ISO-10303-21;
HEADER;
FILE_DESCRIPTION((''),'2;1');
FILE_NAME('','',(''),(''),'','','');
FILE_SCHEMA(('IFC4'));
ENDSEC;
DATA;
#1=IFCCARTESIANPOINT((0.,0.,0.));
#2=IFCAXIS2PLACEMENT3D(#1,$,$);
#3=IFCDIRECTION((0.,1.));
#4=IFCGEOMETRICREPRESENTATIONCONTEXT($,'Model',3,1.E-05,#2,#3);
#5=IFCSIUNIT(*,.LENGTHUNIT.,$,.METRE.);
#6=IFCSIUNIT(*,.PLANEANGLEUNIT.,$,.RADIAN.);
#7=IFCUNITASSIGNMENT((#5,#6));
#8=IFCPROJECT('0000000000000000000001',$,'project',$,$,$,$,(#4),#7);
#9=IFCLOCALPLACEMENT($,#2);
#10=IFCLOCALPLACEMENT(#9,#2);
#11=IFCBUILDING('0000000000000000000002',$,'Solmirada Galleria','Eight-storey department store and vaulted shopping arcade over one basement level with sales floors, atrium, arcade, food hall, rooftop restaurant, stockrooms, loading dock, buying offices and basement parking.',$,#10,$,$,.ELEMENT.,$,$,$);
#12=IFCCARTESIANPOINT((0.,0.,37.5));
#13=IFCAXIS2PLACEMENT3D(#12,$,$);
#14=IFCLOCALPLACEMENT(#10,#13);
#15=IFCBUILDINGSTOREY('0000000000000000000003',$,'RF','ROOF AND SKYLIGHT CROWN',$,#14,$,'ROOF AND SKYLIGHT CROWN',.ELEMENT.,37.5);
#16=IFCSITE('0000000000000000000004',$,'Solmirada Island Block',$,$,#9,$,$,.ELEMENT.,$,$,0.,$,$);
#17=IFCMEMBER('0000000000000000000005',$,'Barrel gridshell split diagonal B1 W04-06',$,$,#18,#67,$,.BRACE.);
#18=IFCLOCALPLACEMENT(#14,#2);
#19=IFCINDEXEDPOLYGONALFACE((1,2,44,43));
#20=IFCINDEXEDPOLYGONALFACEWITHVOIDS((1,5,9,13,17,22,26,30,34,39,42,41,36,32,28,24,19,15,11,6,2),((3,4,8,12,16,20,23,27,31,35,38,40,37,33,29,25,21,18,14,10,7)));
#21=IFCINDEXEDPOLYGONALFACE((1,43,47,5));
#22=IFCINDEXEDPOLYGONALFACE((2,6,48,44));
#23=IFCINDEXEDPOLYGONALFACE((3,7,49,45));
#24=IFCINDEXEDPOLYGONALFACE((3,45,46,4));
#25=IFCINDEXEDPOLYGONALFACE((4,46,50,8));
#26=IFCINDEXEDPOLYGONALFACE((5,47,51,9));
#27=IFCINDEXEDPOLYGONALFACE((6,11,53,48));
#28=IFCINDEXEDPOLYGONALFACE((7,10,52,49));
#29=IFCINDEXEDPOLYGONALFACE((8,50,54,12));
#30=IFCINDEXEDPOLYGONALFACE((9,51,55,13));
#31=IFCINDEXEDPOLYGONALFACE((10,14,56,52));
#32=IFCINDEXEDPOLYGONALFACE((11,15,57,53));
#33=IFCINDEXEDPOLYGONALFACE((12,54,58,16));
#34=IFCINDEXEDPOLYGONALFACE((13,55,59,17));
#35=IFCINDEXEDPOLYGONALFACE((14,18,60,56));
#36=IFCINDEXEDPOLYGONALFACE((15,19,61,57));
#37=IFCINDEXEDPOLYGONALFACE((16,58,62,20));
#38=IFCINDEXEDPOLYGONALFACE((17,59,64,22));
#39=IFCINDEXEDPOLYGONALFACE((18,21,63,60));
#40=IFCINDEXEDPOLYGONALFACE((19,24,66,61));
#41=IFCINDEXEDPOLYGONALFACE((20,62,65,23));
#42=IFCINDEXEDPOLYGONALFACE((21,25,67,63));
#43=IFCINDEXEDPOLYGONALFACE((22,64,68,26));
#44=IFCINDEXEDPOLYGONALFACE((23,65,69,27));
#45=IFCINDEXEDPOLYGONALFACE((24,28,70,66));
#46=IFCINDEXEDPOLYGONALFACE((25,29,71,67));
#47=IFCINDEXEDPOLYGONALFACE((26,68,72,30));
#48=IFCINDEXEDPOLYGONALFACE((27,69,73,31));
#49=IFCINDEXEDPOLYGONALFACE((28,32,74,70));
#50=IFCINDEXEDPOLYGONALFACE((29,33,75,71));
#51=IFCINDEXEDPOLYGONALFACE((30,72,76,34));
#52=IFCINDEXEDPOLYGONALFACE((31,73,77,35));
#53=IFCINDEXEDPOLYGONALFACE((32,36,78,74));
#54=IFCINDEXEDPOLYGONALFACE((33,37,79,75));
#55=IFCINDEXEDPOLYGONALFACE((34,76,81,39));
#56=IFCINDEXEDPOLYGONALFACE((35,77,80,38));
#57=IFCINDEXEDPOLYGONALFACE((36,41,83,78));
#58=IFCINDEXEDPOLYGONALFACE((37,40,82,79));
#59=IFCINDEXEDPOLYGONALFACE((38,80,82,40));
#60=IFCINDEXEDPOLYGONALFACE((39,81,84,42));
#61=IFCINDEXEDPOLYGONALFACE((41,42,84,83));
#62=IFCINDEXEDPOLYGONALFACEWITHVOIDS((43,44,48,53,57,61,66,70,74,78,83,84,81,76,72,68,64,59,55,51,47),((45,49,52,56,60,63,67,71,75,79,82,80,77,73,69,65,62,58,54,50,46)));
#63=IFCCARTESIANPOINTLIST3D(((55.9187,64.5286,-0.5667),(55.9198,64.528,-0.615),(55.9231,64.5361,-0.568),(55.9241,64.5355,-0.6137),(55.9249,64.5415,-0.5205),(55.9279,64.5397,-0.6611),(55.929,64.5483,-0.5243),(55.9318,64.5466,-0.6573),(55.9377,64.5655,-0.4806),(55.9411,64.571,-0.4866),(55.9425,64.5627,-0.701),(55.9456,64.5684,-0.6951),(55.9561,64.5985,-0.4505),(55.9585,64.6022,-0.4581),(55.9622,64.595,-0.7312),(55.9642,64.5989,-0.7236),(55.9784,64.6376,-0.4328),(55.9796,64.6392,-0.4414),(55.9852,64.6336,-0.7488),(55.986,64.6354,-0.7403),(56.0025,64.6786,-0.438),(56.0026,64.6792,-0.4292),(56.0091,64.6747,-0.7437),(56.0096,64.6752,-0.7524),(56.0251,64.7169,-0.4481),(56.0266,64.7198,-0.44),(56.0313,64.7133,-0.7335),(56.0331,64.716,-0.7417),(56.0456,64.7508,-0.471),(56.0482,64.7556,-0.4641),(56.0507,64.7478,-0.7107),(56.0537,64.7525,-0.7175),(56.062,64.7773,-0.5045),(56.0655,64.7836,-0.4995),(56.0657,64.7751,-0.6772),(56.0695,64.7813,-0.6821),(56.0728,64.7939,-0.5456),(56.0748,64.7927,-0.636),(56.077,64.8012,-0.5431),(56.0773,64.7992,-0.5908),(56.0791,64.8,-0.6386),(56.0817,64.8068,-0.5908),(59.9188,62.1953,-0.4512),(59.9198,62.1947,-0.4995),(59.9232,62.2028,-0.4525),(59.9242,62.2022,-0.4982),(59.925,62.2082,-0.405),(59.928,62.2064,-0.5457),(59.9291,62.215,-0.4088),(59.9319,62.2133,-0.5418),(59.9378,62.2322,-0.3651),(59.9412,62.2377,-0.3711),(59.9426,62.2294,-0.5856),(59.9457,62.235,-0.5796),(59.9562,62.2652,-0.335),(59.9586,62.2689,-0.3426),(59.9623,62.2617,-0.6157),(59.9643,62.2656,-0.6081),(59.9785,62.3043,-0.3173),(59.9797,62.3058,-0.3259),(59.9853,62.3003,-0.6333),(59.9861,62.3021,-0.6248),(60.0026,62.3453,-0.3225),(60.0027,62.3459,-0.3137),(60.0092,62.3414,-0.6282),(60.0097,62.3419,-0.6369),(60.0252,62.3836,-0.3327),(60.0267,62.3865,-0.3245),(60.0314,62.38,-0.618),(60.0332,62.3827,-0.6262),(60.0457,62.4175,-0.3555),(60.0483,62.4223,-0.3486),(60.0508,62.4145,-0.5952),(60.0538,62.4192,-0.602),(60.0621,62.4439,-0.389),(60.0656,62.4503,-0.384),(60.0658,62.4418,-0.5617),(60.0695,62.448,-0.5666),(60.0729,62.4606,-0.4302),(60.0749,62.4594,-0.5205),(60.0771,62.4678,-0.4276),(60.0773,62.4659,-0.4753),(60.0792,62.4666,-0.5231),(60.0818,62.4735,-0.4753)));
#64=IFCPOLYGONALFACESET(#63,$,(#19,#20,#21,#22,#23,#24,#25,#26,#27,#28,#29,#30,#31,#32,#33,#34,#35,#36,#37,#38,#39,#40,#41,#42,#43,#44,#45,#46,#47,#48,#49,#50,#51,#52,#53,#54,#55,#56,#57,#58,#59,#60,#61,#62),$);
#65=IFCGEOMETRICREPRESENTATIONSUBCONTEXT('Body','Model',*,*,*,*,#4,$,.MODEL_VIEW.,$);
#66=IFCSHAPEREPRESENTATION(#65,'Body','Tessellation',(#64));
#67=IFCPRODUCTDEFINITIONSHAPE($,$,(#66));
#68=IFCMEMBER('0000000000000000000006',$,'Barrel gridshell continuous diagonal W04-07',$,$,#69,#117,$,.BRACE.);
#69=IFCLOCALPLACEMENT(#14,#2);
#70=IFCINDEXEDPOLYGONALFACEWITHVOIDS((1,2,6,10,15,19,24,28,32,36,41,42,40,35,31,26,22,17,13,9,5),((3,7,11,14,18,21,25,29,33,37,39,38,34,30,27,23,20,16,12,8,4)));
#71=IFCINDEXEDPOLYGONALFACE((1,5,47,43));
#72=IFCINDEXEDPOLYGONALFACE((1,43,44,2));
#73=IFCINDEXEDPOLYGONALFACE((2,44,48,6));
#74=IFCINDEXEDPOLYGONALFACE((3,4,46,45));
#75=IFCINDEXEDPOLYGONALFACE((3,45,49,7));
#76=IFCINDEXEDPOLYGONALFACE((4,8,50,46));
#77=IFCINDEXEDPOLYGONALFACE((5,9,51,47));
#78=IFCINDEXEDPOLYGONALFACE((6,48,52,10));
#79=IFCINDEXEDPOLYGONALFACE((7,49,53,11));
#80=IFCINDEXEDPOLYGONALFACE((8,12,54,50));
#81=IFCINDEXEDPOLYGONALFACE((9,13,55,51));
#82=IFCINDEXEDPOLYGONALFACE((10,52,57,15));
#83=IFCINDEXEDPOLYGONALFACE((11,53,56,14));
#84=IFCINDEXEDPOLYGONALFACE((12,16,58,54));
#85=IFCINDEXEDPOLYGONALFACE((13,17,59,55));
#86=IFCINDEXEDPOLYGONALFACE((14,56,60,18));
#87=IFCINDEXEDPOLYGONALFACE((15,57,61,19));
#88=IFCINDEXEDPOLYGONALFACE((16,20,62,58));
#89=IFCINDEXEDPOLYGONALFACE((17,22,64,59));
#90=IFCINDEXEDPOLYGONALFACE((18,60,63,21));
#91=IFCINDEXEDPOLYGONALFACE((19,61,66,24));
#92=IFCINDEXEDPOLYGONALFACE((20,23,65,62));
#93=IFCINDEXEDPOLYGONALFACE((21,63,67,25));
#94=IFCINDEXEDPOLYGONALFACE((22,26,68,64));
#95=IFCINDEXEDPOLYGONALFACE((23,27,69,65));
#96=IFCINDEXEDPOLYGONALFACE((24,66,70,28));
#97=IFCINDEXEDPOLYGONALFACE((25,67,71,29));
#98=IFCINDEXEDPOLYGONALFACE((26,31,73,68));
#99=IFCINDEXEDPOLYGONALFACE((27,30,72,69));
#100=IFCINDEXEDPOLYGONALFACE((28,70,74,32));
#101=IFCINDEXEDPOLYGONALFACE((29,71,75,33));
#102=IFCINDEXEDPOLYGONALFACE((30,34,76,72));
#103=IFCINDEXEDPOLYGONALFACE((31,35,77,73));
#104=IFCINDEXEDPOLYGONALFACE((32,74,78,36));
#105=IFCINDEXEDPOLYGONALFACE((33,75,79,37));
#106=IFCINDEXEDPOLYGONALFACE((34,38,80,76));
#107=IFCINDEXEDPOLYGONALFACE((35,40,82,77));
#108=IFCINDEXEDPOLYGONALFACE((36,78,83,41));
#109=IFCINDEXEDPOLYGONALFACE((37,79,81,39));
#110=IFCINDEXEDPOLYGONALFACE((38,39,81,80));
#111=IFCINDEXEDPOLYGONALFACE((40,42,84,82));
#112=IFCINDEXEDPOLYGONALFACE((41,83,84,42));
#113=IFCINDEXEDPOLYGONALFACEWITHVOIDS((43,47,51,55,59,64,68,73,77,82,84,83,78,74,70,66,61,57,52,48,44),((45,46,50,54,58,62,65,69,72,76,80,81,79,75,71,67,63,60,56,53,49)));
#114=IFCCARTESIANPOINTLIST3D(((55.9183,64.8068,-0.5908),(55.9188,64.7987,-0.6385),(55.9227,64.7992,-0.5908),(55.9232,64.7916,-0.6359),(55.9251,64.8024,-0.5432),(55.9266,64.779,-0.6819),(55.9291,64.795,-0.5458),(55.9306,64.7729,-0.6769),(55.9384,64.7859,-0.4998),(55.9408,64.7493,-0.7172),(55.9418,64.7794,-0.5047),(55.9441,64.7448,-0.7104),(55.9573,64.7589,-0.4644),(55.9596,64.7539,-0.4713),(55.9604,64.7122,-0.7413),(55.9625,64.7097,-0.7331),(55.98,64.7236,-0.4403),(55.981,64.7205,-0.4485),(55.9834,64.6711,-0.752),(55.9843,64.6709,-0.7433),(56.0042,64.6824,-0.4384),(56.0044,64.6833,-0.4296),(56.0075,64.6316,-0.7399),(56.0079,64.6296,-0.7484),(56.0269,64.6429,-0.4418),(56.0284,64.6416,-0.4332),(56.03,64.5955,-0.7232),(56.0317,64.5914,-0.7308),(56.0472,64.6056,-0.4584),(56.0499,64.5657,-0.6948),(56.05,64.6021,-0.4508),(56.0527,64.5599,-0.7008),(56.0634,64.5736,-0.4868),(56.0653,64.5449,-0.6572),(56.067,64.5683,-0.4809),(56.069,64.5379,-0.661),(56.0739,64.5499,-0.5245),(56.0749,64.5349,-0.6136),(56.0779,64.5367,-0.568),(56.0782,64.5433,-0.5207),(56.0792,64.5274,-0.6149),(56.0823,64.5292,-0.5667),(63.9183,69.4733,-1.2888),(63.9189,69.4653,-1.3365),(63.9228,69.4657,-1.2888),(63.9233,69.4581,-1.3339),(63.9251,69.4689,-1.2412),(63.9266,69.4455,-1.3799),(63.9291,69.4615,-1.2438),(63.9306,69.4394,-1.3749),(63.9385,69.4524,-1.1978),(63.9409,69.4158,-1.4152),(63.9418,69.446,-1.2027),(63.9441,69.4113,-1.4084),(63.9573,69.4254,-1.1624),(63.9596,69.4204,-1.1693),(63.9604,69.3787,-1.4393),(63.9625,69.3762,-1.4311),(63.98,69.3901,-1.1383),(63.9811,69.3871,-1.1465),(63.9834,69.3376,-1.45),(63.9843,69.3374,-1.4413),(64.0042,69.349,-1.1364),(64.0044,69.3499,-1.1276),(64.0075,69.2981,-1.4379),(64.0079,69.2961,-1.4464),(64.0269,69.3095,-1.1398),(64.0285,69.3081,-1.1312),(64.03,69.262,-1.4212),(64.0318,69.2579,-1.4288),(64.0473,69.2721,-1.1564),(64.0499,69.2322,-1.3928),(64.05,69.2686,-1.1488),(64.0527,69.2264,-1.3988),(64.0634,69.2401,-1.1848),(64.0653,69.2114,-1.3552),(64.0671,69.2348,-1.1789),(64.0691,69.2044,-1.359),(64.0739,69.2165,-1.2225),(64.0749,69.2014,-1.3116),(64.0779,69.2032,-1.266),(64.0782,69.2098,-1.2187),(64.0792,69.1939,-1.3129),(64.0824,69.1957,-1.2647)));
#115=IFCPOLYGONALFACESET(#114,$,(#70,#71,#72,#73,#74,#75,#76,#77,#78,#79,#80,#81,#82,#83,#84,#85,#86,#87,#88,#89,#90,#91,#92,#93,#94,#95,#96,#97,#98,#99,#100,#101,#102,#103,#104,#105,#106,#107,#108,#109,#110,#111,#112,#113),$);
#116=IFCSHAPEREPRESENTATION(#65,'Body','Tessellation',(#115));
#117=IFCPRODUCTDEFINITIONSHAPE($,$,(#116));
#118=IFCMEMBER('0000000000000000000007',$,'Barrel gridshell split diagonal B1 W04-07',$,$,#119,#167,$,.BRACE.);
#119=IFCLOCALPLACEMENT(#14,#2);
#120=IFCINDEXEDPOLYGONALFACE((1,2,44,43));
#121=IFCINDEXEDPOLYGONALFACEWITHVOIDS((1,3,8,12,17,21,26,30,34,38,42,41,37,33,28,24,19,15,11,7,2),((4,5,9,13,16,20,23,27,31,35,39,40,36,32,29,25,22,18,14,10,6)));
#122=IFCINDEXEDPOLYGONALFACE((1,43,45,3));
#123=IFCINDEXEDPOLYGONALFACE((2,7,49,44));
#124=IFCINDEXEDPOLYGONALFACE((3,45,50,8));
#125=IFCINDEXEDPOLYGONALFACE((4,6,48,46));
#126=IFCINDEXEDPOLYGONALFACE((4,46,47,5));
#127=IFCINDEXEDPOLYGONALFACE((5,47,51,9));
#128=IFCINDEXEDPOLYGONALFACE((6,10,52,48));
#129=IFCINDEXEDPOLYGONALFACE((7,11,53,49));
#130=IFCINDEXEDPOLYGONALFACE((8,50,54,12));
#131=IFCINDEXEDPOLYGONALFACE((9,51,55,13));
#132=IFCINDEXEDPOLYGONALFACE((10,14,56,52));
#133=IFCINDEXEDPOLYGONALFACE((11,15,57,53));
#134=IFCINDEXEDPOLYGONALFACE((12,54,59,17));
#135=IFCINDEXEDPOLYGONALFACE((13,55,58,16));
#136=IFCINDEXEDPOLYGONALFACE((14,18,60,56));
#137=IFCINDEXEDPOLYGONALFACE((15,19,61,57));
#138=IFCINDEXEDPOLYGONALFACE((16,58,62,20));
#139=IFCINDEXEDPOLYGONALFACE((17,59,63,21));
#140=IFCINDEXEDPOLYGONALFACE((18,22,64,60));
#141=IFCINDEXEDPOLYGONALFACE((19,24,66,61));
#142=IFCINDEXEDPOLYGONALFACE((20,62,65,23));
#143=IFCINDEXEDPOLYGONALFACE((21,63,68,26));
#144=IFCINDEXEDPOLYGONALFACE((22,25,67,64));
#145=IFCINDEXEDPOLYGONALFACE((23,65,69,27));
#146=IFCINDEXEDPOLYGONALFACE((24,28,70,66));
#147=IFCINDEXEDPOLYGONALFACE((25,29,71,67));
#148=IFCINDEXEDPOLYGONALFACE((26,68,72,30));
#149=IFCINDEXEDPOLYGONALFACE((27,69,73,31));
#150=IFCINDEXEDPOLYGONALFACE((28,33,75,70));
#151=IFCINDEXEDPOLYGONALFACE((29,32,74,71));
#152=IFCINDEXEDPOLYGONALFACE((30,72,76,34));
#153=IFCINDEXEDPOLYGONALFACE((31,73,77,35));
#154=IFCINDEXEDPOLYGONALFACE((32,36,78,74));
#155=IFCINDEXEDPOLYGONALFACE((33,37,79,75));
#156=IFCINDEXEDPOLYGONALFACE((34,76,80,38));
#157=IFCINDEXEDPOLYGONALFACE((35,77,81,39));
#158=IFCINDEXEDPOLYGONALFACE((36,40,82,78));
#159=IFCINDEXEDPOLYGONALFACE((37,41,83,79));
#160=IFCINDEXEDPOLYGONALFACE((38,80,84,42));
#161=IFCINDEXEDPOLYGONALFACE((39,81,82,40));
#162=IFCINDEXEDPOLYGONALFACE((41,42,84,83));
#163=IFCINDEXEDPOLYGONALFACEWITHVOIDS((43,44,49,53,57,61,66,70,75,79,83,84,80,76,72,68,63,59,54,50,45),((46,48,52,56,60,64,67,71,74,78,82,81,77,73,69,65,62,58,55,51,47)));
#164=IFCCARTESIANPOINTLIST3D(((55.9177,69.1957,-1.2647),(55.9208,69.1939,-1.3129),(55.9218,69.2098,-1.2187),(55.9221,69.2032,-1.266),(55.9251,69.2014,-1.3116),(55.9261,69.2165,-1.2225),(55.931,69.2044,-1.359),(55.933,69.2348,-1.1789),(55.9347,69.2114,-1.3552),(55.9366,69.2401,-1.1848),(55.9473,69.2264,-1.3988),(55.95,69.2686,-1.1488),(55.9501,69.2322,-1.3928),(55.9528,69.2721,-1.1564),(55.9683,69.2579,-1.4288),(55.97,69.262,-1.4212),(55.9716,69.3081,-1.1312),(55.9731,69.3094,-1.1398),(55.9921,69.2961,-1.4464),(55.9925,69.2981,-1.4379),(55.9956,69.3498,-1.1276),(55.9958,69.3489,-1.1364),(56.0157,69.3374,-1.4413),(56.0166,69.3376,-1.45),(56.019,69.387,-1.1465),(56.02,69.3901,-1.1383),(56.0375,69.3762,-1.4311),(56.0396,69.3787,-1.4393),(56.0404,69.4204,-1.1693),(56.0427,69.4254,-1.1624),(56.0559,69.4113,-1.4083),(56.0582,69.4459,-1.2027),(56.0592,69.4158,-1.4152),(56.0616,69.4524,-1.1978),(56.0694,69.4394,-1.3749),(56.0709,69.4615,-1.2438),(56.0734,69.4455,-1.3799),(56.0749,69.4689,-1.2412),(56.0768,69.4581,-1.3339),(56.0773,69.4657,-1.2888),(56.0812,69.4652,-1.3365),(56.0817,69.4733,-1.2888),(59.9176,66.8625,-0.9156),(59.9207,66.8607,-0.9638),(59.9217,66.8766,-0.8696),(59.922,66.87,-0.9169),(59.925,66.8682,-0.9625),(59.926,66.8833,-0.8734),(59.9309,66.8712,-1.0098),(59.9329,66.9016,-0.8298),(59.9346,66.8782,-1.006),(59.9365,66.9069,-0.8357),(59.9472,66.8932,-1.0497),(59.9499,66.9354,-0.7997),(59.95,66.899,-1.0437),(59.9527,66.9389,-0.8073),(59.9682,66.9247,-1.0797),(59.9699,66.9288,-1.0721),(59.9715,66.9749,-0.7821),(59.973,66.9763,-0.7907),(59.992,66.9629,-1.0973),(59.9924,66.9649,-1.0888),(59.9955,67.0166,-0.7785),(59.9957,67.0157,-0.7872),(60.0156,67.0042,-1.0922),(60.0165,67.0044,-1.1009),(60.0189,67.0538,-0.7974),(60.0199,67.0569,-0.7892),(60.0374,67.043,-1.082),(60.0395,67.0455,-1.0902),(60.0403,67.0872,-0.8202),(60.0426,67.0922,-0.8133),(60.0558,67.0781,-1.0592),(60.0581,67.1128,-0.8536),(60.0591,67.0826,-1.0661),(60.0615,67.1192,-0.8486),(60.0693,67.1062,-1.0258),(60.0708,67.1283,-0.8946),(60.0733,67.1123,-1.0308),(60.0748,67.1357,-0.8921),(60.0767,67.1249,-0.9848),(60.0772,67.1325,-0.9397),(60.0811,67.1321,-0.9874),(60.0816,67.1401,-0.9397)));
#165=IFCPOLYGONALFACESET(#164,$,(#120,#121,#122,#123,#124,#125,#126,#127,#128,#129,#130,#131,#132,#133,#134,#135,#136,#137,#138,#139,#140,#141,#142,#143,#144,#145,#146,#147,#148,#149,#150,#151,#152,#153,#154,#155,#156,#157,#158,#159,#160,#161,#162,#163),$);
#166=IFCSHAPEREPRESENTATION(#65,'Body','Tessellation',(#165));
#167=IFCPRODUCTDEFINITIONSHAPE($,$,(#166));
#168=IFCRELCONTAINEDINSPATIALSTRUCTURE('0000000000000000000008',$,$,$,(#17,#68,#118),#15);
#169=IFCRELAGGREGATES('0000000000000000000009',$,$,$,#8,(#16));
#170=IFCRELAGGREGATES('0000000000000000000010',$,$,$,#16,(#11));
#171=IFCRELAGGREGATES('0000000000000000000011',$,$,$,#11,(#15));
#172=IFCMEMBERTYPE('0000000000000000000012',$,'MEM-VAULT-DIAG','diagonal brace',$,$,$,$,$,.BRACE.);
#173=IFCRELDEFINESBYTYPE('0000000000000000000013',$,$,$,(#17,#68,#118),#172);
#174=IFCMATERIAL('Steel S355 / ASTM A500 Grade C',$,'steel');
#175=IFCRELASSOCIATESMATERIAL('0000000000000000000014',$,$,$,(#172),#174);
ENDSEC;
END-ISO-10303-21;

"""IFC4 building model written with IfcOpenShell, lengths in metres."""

from ifc_helpers import new_model, si_unit, direction, frame, origin, origin_2d, place, context, subcontext, project, spatial, hollow_circle, extrude, material, material_profile, profile_set, type_object, element, save


model = new_model("IFC4")

# Units and contexts
model_context = context("Model", 3, precision=1e-05, world=origin(), true_north=direction((0.0, 1.0)))
body_context = subcontext(model_context, "Body", "Model", "MODEL_VIEW")
ifc_project = project(units=[si_unit("LENGTHUNIT", "METRE"), si_unit("PLANEANGLEUNIT", "RADIAN")], contexts=[model_context])

# Site, building, storey
site_placement = place(None, origin())
site = spatial("IfcSite", under=ifc_project, at=site_placement, Name="Solmirada Island Block", CompositionType="ELEMENT", RefElevation=0.0)
building_placement = place(site_placement, origin())
building = spatial("IfcBuilding", under=site, at=building_placement, Name="Solmirada Galleria", Description="Eight-storey department store and vaulted shopping arcade over one basement level with sales floors, atrium, arcade, food hall, rooftop restaurant, stockrooms, loading dock, buying offices and basement parking.", CompositionType="ELEMENT")
storey_placement = place(building_placement, frame((0.0, 0.0, 37.5)))
storey = spatial("IfcBuildingStorey", under=building, at=storey_placement, Name="RF", Description="ROOF AND SKYLIGHT CROWN", LongName="ROOF AND SKYLIGHT CROWN", CompositionType="ELEMENT", Elevation=37.5)

# Members
ifc_material_1 = material(Name="Steel S355 / ASTM A500 Grade C", Category="steel")
ifc_material_profile_1 = material_profile(ifc_material_1, hollow_circle(Radius=0.1621, WallThickness=0.0088, at=origin_2d()), Name="HSS12.750X0.375")
ifc_profile_set_1 = profile_set([ifc_material_profile_1], Name="Steel S355 / ASTM A500 Grade C")
member_type_1 = type_object("IfcMemberType", Name="MEM-VAULT-DIAG", Description="diagonal brace", PredefinedType="BRACE", material=ifc_profile_set_1)
member_1_placement = place(storey_placement, frame((56.0, 64.6667, -0.5908), z_axis=(0.863518, -0.503701, 0.024929), x_axis=(0.503858, 0.863787, 0.0)))
element("IfcMember", 1, at=member_1_placement, inside=storey, type_object=member_type_1, Name="Barrel gridshell split diagonal B1 W04-06", PredefinedType="BRACE", context=body_context, shape_type="SweptSolid", body=[
    extrude(hollow_circle(Radius=0.1621, WallThickness=0.0088, at=origin_2d()), origin(), (0.0, 0.0, 1.0), 4.6323),
])
member_2_placement = place(storey_placement, frame((56.0, 64.6667, -0.5908), z_axis=(0.861344, 0.502433, -0.075152), x_axis=(-0.503858, 0.863787, 0.0)))
element("IfcMember", 2, at=member_2_placement, inside=storey, type_object=member_type_1, Name="Barrel gridshell continuous diagonal W04-07", PredefinedType="BRACE", context=body_context, shape_type="SweptSolid", body=[
    extrude(hollow_circle(Radius=0.1621, WallThickness=0.0088, at=origin_2d()), origin(), (0.0, 0.0, 1.0), 9.2878),
])
member_3_placement = place(storey_placement, frame((56.0, 69.3333, -1.2888), z_axis=(0.861342, -0.502432, 0.075178), x_axis=(0.503858, 0.863787, 0.0)))
element("IfcMember", 3, at=member_3_placement, inside=storey, type_object=member_type_1, Name="Barrel gridshell split diagonal B1 W04-07", PredefinedType="BRACE", context=body_context, shape_type="SweptSolid", body=[
    extrude(hollow_circle(Radius=0.1621, WallThickness=0.0088, at=origin_2d()), origin(), (0.0, 0.0, 1.0), 4.6438),
])

save(model, "model.ifc")
